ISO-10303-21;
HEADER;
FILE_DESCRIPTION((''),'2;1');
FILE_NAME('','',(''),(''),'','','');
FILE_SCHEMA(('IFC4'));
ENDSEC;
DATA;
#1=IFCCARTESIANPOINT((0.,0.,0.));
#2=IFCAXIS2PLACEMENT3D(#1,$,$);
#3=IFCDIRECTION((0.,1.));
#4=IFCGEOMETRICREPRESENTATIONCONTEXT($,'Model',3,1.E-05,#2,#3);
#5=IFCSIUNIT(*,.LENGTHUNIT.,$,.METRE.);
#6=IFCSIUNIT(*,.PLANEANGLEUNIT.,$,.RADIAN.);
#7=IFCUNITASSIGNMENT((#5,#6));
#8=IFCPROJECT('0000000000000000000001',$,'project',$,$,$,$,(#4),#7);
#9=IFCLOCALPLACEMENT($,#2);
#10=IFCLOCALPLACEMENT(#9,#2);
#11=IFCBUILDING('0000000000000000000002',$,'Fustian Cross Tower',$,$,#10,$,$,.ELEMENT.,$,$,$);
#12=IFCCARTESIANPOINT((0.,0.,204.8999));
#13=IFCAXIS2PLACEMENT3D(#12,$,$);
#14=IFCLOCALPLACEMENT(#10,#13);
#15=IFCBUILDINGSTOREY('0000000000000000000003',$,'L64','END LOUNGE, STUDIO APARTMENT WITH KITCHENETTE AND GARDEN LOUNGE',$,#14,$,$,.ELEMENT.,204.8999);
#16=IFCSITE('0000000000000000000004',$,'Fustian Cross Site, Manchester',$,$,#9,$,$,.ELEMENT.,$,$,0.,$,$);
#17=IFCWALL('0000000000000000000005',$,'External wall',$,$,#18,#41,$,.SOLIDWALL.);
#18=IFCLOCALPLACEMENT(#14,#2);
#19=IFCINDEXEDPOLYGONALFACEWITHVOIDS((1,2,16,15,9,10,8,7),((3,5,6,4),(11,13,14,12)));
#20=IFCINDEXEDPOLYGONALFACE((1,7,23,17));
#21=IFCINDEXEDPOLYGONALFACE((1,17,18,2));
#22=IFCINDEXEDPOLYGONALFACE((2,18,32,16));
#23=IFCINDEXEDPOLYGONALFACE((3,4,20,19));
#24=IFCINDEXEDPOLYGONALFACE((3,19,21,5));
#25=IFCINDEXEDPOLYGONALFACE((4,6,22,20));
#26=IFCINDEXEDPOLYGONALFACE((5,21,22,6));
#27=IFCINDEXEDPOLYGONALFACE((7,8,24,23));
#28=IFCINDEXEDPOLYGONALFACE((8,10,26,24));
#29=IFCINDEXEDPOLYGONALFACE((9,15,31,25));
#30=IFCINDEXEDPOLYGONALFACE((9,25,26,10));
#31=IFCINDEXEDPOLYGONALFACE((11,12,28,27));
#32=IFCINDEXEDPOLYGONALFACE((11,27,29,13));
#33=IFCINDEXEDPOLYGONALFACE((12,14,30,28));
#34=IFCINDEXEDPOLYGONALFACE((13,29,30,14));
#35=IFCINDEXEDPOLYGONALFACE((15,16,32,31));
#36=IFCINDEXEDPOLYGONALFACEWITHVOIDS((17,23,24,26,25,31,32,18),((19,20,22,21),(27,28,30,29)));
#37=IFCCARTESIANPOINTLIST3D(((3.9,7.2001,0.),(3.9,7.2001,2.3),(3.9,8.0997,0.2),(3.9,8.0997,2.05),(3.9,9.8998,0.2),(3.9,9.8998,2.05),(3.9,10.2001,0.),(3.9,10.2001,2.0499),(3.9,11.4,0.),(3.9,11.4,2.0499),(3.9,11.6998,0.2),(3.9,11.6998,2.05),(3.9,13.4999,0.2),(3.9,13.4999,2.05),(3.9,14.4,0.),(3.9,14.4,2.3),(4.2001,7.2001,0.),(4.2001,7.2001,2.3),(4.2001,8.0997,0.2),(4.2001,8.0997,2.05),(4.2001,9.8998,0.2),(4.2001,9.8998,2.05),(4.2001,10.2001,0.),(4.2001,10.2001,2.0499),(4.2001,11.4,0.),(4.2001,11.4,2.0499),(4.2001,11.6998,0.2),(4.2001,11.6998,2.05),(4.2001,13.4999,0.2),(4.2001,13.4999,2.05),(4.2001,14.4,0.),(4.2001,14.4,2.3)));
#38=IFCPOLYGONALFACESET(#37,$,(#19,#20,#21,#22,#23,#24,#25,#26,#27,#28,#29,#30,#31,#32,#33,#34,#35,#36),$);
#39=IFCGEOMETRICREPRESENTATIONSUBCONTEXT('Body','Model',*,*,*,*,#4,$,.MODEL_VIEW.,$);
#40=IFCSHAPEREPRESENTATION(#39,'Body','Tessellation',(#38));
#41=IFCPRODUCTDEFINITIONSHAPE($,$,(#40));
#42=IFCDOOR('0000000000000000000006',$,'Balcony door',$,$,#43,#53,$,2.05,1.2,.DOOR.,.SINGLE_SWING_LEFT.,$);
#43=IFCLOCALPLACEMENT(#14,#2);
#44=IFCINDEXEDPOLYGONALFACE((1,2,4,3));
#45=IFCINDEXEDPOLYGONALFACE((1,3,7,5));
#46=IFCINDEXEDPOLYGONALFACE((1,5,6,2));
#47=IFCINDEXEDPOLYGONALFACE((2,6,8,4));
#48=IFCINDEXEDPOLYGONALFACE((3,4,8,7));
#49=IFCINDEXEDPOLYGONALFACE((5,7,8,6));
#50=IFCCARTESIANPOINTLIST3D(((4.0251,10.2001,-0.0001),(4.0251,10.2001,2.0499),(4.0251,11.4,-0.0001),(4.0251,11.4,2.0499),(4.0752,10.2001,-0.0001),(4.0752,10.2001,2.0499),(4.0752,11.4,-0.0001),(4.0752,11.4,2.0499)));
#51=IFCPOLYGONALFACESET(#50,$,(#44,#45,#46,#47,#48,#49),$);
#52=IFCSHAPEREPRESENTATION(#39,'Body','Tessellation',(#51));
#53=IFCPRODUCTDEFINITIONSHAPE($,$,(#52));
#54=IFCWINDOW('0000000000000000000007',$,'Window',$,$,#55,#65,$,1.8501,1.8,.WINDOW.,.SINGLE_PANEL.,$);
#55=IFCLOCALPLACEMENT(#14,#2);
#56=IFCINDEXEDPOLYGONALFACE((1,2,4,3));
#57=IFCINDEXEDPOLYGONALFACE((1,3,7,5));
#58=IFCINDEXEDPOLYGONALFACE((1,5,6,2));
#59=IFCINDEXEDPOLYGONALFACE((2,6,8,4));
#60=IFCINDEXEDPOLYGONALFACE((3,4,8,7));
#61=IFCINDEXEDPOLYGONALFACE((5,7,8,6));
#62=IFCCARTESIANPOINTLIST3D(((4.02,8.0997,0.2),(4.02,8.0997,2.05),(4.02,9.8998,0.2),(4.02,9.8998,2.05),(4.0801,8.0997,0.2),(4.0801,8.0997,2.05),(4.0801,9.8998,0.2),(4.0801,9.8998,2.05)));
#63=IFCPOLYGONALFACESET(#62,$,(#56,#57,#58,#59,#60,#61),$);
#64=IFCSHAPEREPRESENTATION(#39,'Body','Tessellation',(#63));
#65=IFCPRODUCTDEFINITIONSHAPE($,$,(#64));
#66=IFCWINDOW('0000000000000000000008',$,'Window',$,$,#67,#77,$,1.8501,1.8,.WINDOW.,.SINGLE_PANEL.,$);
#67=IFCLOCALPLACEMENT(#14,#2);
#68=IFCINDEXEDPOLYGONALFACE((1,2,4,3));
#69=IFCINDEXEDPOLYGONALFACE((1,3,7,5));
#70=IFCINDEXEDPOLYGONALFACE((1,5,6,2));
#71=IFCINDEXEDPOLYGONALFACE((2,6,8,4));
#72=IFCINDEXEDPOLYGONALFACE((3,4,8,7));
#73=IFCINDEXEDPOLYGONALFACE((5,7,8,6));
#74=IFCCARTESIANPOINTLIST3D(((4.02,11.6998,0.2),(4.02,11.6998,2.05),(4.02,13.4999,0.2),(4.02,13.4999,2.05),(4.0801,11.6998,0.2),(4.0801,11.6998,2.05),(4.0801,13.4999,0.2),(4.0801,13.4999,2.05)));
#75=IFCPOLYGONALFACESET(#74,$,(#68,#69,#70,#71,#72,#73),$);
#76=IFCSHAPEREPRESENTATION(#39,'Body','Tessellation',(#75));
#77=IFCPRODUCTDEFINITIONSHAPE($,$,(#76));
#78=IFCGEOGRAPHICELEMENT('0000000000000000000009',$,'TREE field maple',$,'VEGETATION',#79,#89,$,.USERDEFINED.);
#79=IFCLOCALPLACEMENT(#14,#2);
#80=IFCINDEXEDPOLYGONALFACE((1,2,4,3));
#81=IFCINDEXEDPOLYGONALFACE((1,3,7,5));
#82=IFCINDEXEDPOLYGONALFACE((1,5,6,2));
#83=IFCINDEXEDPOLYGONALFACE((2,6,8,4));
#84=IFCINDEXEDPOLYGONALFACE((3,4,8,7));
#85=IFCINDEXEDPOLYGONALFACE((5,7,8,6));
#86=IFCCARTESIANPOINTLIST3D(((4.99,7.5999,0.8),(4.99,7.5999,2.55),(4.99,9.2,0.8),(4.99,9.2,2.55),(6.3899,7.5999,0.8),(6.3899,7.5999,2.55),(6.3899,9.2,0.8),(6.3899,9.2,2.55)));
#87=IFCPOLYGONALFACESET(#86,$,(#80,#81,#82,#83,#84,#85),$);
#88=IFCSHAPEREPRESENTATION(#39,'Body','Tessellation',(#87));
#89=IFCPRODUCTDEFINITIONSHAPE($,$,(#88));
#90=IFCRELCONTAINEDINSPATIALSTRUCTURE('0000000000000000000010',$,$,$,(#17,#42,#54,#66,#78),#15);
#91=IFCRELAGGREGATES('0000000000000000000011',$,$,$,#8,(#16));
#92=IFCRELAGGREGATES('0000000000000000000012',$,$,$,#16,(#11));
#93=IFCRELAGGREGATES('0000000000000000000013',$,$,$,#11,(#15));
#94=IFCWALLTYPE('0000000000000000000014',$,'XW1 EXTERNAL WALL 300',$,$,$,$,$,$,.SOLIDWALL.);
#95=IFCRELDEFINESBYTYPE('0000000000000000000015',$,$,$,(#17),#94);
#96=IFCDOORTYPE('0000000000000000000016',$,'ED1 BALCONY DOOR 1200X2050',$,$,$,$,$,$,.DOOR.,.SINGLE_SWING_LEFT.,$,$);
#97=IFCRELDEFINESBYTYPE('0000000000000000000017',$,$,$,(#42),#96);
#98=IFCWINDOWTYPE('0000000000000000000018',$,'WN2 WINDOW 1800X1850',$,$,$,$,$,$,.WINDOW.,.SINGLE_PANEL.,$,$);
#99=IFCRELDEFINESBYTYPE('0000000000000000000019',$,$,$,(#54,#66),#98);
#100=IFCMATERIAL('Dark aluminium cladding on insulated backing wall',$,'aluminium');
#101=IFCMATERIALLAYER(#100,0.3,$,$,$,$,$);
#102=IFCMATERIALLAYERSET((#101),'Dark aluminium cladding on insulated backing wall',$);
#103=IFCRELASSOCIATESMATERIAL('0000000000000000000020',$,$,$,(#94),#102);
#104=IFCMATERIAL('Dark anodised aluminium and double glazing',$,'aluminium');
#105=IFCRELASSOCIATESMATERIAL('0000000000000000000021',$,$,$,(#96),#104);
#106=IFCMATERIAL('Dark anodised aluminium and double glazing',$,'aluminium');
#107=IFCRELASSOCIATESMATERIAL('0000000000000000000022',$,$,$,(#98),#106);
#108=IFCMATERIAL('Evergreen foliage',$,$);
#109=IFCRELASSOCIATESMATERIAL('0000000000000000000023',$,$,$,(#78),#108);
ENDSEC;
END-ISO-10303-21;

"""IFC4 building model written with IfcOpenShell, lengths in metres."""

from ifc_helpers import new_model, si_unit, direction, frame, frame_2d, origin, origin_2d, place, context, subcontext, project, spatial, rectangle, extrude, material, layer, layer_set, type_object, element, fill, save


model = new_model("IFC4")

# Units and contexts
model_context = context("Model", 3, precision=1e-05, world=origin(), true_north=direction((0.0, 1.0)))
body_context = subcontext(model_context, "Body", "Model", "MODEL_VIEW")
ifc_project = project(units=[si_unit("LENGTHUNIT", "METRE"), si_unit("PLANEANGLEUNIT", "RADIAN")], contexts=[model_context])

# Site, building, storey
site_placement = place(None, origin())
site = spatial("IfcSite", under=ifc_project, at=site_placement, Name="Fustian Cross Site, Manchester", CompositionType="ELEMENT", RefElevation=0.0)
building_placement = place(site_placement, origin())
building = spatial("IfcBuilding", under=site, at=building_placement, Name="Fustian Cross Tower", CompositionType="ELEMENT")
storey_placement = place(building_placement, frame((0.0, 0.0, 204.8999)))
storey = spatial("IfcBuildingStorey", under=building, at=storey_placement, Name="L64", Description="END LOUNGE, STUDIO APARTMENT WITH KITCHENETTE AND GARDEN LOUNGE", CompositionType="ELEMENT", Elevation=204.8999)

# Wall, openings, door, windows
ifc_material_1 = material(Name="Dark aluminium cladding on insulated backing wall", Category="aluminium")
ifc_layer_1 = layer(ifc_material_1, 0.3)
ifc_layer_set_1 = layer_set([ifc_layer_1], Name="Dark aluminium cladding on insulated backing wall")
wall_type_1 = type_object("IfcWallType", Name="XW1 EXTERNAL WALL 300", PredefinedType="SOLIDWALL", material=ifc_layer_set_1)
wall_1_placement = place(storey_placement, frame((4.05, 7.2, 0.0), z_axis=(0.0, 0.0, 1.0), x_axis=(0.0, 1.0, 0.0)))
wall_1 = element("IfcWall", 1, at=wall_1_placement, inside=storey, type_object=wall_type_1, Name="External wall", PredefinedType="SOLIDWALL", context=body_context, shape_type="SweptSolid", body=[
    extrude(rectangle(XDim=7.2, YDim=0.3, at=frame_2d((3.6001, 0.0))), origin(), (0.0, 0.0, 1.0), 2.3),
])
opening_1_placement = place(wall_1_placement, frame((3.0, 0.0, 0.0)))
opening_1 = element("IfcOpeningElement", 2, at=opening_1_placement, cuts=wall_1, PredefinedType="OPENING", context=body_context, shape_type="SweptSolid", body=[
    extrude(rectangle(XDim=1.2, YDim=2.05, at=frame_2d((0.6001, 1.0249))), frame((0.0, 0.1599, 0.0), z_axis=(0.0, -1.0, 0.0), x_axis=(1.0, 0.0, 0.0)), (0.0, 0.0, 1.0), 0.3201),
])
opening_2_placement = place(wall_1_placement, frame((0.8999, 0.0, 0.2)))
opening_2 = element("IfcOpeningElement", 3, at=opening_2_placement, cuts=wall_1, PredefinedType="OPENING", context=body_context, shape_type="SweptSolid", body=[
    extrude(rectangle(XDim=1.8, YDim=1.8501, at=frame_2d((0.8999, 0.925))), frame((0.0, 0.1599, 0.0), z_axis=(0.0, -1.0, 0.0), x_axis=(1.0, 0.0, 0.0)), (0.0, 0.0, 1.0), 0.3201),
])
opening_3_placement = place(wall_1_placement, frame((4.5, 0.0, 0.2)))
opening_3 = element("IfcOpeningElement", 4, at=opening_3_placement, cuts=wall_1, PredefinedType="OPENING", context=body_context, shape_type="SweptSolid", body=[
    extrude(rectangle(XDim=1.8, YDim=1.8501, at=frame_2d((0.8999, 0.925))), frame((0.0, 0.1599, 0.0), z_axis=(0.0, -1.0, 0.0), x_axis=(1.0, 0.0, 0.0)), (0.0, 0.0, 1.0), 0.3201),
])
ifc_material_2 = material(Name="Dark anodised aluminium and double glazing", Category="aluminium")
door_type_1 = type_object("IfcDoorType", Name="ED1 BALCONY DOOR 1200X2050", OperationType="SINGLE_SWING_LEFT", PredefinedType="DOOR", material=ifc_material_2)
door_1_placement = place(opening_1_placement, origin())
door_1 = element("IfcDoor", 5, at=door_1_placement, inside=storey, type_object=door_type_1, Name="Balcony door", OperationType="SINGLE_SWING_LEFT", OverallHeight=2.05, OverallWidth=1.2, PredefinedType="DOOR", context=body_context, shape_type="SweptSolid", body=[
    extrude(rectangle(XDim=1.2, YDim=2.05, at=frame_2d((0.6001, 1.0249))), frame((0.0, 0.0249, 0.0), z_axis=(0.0, -1.0, 0.0), x_axis=(1.0, 0.0, 0.0)), (0.0, 0.0, 1.0), 0.05),
])
fill(opening_1, door_1)
ifc_material_3 = material(Name="Dark anodised aluminium and double glazing", Category="aluminium")
window_type = type_object("IfcWindowType", Name="WN2 WINDOW 1800X1850", PartitioningType="SINGLE_PANEL", PredefinedType="WINDOW", material=ifc_material_3)
window_1_placement = place(opening_2_placement, origin())
window_1 = element("IfcWindow", 6, at=window_1_placement, inside=storey, type_object=window_type, Name="Window", OverallHeight=1.8501, OverallWidth=1.8, PartitioningType="SINGLE_PANEL", PredefinedType="WINDOW", context=body_context, shape_type="SweptSolid", body=[
    extrude(rectangle(XDim=1.8, YDim=1.8501, at=frame_2d((0.8999, 0.925))), frame((0.0, 0.03, 0.0), z_axis=(0.0, -1.0, 0.0), x_axis=(1.0, 0.0, 0.0)), (0.0, 0.0, 1.0), 0.0601),
])
fill(opening_2, window_1)
window_2_placement = place(opening_3_placement, origin())
window_2 = element("IfcWindow", 7, at=window_2_placement, inside=storey, type_object=window_type, Name="Window", OverallHeight=1.8501, OverallWidth=1.8, PartitioningType="SINGLE_PANEL", PredefinedType="WINDOW", context=body_context, shape_type="SweptSolid", body=[
    extrude(rectangle(XDim=1.8, YDim=1.8501, at=frame_2d((0.8999, 0.925))), frame((0.0, 0.03, 0.0), z_axis=(0.0, -1.0, 0.0), x_axis=(1.0, 0.0, 0.0)), (0.0, 0.0, 1.0), 0.0601),
])
fill(opening_3, window_2)

# Geographic element
ifc_material_4 = material(Name="Evergreen foliage")
geographic_element_placement = place(storey_placement, frame((5.6899, 8.3999, 0.8), z_axis=(0.0, 0.0, 1.0), x_axis=(1.0, 0.0, 0.0)))
element("IfcGeographicElement", 8, at=geographic_element_placement, inside=storey, material=ifc_material_4, Name="TREE field maple", ObjectType="VEGETATION", PredefinedType="USERDEFINED", context=body_context, shape_type="SweptSolid", body=[
    extrude(rectangle(XDim=1.3999, YDim=1.6001, at=origin_2d()), origin(), (0.0, 0.0, 1.0), 1.75),
])

save(model, "model.ifc")
